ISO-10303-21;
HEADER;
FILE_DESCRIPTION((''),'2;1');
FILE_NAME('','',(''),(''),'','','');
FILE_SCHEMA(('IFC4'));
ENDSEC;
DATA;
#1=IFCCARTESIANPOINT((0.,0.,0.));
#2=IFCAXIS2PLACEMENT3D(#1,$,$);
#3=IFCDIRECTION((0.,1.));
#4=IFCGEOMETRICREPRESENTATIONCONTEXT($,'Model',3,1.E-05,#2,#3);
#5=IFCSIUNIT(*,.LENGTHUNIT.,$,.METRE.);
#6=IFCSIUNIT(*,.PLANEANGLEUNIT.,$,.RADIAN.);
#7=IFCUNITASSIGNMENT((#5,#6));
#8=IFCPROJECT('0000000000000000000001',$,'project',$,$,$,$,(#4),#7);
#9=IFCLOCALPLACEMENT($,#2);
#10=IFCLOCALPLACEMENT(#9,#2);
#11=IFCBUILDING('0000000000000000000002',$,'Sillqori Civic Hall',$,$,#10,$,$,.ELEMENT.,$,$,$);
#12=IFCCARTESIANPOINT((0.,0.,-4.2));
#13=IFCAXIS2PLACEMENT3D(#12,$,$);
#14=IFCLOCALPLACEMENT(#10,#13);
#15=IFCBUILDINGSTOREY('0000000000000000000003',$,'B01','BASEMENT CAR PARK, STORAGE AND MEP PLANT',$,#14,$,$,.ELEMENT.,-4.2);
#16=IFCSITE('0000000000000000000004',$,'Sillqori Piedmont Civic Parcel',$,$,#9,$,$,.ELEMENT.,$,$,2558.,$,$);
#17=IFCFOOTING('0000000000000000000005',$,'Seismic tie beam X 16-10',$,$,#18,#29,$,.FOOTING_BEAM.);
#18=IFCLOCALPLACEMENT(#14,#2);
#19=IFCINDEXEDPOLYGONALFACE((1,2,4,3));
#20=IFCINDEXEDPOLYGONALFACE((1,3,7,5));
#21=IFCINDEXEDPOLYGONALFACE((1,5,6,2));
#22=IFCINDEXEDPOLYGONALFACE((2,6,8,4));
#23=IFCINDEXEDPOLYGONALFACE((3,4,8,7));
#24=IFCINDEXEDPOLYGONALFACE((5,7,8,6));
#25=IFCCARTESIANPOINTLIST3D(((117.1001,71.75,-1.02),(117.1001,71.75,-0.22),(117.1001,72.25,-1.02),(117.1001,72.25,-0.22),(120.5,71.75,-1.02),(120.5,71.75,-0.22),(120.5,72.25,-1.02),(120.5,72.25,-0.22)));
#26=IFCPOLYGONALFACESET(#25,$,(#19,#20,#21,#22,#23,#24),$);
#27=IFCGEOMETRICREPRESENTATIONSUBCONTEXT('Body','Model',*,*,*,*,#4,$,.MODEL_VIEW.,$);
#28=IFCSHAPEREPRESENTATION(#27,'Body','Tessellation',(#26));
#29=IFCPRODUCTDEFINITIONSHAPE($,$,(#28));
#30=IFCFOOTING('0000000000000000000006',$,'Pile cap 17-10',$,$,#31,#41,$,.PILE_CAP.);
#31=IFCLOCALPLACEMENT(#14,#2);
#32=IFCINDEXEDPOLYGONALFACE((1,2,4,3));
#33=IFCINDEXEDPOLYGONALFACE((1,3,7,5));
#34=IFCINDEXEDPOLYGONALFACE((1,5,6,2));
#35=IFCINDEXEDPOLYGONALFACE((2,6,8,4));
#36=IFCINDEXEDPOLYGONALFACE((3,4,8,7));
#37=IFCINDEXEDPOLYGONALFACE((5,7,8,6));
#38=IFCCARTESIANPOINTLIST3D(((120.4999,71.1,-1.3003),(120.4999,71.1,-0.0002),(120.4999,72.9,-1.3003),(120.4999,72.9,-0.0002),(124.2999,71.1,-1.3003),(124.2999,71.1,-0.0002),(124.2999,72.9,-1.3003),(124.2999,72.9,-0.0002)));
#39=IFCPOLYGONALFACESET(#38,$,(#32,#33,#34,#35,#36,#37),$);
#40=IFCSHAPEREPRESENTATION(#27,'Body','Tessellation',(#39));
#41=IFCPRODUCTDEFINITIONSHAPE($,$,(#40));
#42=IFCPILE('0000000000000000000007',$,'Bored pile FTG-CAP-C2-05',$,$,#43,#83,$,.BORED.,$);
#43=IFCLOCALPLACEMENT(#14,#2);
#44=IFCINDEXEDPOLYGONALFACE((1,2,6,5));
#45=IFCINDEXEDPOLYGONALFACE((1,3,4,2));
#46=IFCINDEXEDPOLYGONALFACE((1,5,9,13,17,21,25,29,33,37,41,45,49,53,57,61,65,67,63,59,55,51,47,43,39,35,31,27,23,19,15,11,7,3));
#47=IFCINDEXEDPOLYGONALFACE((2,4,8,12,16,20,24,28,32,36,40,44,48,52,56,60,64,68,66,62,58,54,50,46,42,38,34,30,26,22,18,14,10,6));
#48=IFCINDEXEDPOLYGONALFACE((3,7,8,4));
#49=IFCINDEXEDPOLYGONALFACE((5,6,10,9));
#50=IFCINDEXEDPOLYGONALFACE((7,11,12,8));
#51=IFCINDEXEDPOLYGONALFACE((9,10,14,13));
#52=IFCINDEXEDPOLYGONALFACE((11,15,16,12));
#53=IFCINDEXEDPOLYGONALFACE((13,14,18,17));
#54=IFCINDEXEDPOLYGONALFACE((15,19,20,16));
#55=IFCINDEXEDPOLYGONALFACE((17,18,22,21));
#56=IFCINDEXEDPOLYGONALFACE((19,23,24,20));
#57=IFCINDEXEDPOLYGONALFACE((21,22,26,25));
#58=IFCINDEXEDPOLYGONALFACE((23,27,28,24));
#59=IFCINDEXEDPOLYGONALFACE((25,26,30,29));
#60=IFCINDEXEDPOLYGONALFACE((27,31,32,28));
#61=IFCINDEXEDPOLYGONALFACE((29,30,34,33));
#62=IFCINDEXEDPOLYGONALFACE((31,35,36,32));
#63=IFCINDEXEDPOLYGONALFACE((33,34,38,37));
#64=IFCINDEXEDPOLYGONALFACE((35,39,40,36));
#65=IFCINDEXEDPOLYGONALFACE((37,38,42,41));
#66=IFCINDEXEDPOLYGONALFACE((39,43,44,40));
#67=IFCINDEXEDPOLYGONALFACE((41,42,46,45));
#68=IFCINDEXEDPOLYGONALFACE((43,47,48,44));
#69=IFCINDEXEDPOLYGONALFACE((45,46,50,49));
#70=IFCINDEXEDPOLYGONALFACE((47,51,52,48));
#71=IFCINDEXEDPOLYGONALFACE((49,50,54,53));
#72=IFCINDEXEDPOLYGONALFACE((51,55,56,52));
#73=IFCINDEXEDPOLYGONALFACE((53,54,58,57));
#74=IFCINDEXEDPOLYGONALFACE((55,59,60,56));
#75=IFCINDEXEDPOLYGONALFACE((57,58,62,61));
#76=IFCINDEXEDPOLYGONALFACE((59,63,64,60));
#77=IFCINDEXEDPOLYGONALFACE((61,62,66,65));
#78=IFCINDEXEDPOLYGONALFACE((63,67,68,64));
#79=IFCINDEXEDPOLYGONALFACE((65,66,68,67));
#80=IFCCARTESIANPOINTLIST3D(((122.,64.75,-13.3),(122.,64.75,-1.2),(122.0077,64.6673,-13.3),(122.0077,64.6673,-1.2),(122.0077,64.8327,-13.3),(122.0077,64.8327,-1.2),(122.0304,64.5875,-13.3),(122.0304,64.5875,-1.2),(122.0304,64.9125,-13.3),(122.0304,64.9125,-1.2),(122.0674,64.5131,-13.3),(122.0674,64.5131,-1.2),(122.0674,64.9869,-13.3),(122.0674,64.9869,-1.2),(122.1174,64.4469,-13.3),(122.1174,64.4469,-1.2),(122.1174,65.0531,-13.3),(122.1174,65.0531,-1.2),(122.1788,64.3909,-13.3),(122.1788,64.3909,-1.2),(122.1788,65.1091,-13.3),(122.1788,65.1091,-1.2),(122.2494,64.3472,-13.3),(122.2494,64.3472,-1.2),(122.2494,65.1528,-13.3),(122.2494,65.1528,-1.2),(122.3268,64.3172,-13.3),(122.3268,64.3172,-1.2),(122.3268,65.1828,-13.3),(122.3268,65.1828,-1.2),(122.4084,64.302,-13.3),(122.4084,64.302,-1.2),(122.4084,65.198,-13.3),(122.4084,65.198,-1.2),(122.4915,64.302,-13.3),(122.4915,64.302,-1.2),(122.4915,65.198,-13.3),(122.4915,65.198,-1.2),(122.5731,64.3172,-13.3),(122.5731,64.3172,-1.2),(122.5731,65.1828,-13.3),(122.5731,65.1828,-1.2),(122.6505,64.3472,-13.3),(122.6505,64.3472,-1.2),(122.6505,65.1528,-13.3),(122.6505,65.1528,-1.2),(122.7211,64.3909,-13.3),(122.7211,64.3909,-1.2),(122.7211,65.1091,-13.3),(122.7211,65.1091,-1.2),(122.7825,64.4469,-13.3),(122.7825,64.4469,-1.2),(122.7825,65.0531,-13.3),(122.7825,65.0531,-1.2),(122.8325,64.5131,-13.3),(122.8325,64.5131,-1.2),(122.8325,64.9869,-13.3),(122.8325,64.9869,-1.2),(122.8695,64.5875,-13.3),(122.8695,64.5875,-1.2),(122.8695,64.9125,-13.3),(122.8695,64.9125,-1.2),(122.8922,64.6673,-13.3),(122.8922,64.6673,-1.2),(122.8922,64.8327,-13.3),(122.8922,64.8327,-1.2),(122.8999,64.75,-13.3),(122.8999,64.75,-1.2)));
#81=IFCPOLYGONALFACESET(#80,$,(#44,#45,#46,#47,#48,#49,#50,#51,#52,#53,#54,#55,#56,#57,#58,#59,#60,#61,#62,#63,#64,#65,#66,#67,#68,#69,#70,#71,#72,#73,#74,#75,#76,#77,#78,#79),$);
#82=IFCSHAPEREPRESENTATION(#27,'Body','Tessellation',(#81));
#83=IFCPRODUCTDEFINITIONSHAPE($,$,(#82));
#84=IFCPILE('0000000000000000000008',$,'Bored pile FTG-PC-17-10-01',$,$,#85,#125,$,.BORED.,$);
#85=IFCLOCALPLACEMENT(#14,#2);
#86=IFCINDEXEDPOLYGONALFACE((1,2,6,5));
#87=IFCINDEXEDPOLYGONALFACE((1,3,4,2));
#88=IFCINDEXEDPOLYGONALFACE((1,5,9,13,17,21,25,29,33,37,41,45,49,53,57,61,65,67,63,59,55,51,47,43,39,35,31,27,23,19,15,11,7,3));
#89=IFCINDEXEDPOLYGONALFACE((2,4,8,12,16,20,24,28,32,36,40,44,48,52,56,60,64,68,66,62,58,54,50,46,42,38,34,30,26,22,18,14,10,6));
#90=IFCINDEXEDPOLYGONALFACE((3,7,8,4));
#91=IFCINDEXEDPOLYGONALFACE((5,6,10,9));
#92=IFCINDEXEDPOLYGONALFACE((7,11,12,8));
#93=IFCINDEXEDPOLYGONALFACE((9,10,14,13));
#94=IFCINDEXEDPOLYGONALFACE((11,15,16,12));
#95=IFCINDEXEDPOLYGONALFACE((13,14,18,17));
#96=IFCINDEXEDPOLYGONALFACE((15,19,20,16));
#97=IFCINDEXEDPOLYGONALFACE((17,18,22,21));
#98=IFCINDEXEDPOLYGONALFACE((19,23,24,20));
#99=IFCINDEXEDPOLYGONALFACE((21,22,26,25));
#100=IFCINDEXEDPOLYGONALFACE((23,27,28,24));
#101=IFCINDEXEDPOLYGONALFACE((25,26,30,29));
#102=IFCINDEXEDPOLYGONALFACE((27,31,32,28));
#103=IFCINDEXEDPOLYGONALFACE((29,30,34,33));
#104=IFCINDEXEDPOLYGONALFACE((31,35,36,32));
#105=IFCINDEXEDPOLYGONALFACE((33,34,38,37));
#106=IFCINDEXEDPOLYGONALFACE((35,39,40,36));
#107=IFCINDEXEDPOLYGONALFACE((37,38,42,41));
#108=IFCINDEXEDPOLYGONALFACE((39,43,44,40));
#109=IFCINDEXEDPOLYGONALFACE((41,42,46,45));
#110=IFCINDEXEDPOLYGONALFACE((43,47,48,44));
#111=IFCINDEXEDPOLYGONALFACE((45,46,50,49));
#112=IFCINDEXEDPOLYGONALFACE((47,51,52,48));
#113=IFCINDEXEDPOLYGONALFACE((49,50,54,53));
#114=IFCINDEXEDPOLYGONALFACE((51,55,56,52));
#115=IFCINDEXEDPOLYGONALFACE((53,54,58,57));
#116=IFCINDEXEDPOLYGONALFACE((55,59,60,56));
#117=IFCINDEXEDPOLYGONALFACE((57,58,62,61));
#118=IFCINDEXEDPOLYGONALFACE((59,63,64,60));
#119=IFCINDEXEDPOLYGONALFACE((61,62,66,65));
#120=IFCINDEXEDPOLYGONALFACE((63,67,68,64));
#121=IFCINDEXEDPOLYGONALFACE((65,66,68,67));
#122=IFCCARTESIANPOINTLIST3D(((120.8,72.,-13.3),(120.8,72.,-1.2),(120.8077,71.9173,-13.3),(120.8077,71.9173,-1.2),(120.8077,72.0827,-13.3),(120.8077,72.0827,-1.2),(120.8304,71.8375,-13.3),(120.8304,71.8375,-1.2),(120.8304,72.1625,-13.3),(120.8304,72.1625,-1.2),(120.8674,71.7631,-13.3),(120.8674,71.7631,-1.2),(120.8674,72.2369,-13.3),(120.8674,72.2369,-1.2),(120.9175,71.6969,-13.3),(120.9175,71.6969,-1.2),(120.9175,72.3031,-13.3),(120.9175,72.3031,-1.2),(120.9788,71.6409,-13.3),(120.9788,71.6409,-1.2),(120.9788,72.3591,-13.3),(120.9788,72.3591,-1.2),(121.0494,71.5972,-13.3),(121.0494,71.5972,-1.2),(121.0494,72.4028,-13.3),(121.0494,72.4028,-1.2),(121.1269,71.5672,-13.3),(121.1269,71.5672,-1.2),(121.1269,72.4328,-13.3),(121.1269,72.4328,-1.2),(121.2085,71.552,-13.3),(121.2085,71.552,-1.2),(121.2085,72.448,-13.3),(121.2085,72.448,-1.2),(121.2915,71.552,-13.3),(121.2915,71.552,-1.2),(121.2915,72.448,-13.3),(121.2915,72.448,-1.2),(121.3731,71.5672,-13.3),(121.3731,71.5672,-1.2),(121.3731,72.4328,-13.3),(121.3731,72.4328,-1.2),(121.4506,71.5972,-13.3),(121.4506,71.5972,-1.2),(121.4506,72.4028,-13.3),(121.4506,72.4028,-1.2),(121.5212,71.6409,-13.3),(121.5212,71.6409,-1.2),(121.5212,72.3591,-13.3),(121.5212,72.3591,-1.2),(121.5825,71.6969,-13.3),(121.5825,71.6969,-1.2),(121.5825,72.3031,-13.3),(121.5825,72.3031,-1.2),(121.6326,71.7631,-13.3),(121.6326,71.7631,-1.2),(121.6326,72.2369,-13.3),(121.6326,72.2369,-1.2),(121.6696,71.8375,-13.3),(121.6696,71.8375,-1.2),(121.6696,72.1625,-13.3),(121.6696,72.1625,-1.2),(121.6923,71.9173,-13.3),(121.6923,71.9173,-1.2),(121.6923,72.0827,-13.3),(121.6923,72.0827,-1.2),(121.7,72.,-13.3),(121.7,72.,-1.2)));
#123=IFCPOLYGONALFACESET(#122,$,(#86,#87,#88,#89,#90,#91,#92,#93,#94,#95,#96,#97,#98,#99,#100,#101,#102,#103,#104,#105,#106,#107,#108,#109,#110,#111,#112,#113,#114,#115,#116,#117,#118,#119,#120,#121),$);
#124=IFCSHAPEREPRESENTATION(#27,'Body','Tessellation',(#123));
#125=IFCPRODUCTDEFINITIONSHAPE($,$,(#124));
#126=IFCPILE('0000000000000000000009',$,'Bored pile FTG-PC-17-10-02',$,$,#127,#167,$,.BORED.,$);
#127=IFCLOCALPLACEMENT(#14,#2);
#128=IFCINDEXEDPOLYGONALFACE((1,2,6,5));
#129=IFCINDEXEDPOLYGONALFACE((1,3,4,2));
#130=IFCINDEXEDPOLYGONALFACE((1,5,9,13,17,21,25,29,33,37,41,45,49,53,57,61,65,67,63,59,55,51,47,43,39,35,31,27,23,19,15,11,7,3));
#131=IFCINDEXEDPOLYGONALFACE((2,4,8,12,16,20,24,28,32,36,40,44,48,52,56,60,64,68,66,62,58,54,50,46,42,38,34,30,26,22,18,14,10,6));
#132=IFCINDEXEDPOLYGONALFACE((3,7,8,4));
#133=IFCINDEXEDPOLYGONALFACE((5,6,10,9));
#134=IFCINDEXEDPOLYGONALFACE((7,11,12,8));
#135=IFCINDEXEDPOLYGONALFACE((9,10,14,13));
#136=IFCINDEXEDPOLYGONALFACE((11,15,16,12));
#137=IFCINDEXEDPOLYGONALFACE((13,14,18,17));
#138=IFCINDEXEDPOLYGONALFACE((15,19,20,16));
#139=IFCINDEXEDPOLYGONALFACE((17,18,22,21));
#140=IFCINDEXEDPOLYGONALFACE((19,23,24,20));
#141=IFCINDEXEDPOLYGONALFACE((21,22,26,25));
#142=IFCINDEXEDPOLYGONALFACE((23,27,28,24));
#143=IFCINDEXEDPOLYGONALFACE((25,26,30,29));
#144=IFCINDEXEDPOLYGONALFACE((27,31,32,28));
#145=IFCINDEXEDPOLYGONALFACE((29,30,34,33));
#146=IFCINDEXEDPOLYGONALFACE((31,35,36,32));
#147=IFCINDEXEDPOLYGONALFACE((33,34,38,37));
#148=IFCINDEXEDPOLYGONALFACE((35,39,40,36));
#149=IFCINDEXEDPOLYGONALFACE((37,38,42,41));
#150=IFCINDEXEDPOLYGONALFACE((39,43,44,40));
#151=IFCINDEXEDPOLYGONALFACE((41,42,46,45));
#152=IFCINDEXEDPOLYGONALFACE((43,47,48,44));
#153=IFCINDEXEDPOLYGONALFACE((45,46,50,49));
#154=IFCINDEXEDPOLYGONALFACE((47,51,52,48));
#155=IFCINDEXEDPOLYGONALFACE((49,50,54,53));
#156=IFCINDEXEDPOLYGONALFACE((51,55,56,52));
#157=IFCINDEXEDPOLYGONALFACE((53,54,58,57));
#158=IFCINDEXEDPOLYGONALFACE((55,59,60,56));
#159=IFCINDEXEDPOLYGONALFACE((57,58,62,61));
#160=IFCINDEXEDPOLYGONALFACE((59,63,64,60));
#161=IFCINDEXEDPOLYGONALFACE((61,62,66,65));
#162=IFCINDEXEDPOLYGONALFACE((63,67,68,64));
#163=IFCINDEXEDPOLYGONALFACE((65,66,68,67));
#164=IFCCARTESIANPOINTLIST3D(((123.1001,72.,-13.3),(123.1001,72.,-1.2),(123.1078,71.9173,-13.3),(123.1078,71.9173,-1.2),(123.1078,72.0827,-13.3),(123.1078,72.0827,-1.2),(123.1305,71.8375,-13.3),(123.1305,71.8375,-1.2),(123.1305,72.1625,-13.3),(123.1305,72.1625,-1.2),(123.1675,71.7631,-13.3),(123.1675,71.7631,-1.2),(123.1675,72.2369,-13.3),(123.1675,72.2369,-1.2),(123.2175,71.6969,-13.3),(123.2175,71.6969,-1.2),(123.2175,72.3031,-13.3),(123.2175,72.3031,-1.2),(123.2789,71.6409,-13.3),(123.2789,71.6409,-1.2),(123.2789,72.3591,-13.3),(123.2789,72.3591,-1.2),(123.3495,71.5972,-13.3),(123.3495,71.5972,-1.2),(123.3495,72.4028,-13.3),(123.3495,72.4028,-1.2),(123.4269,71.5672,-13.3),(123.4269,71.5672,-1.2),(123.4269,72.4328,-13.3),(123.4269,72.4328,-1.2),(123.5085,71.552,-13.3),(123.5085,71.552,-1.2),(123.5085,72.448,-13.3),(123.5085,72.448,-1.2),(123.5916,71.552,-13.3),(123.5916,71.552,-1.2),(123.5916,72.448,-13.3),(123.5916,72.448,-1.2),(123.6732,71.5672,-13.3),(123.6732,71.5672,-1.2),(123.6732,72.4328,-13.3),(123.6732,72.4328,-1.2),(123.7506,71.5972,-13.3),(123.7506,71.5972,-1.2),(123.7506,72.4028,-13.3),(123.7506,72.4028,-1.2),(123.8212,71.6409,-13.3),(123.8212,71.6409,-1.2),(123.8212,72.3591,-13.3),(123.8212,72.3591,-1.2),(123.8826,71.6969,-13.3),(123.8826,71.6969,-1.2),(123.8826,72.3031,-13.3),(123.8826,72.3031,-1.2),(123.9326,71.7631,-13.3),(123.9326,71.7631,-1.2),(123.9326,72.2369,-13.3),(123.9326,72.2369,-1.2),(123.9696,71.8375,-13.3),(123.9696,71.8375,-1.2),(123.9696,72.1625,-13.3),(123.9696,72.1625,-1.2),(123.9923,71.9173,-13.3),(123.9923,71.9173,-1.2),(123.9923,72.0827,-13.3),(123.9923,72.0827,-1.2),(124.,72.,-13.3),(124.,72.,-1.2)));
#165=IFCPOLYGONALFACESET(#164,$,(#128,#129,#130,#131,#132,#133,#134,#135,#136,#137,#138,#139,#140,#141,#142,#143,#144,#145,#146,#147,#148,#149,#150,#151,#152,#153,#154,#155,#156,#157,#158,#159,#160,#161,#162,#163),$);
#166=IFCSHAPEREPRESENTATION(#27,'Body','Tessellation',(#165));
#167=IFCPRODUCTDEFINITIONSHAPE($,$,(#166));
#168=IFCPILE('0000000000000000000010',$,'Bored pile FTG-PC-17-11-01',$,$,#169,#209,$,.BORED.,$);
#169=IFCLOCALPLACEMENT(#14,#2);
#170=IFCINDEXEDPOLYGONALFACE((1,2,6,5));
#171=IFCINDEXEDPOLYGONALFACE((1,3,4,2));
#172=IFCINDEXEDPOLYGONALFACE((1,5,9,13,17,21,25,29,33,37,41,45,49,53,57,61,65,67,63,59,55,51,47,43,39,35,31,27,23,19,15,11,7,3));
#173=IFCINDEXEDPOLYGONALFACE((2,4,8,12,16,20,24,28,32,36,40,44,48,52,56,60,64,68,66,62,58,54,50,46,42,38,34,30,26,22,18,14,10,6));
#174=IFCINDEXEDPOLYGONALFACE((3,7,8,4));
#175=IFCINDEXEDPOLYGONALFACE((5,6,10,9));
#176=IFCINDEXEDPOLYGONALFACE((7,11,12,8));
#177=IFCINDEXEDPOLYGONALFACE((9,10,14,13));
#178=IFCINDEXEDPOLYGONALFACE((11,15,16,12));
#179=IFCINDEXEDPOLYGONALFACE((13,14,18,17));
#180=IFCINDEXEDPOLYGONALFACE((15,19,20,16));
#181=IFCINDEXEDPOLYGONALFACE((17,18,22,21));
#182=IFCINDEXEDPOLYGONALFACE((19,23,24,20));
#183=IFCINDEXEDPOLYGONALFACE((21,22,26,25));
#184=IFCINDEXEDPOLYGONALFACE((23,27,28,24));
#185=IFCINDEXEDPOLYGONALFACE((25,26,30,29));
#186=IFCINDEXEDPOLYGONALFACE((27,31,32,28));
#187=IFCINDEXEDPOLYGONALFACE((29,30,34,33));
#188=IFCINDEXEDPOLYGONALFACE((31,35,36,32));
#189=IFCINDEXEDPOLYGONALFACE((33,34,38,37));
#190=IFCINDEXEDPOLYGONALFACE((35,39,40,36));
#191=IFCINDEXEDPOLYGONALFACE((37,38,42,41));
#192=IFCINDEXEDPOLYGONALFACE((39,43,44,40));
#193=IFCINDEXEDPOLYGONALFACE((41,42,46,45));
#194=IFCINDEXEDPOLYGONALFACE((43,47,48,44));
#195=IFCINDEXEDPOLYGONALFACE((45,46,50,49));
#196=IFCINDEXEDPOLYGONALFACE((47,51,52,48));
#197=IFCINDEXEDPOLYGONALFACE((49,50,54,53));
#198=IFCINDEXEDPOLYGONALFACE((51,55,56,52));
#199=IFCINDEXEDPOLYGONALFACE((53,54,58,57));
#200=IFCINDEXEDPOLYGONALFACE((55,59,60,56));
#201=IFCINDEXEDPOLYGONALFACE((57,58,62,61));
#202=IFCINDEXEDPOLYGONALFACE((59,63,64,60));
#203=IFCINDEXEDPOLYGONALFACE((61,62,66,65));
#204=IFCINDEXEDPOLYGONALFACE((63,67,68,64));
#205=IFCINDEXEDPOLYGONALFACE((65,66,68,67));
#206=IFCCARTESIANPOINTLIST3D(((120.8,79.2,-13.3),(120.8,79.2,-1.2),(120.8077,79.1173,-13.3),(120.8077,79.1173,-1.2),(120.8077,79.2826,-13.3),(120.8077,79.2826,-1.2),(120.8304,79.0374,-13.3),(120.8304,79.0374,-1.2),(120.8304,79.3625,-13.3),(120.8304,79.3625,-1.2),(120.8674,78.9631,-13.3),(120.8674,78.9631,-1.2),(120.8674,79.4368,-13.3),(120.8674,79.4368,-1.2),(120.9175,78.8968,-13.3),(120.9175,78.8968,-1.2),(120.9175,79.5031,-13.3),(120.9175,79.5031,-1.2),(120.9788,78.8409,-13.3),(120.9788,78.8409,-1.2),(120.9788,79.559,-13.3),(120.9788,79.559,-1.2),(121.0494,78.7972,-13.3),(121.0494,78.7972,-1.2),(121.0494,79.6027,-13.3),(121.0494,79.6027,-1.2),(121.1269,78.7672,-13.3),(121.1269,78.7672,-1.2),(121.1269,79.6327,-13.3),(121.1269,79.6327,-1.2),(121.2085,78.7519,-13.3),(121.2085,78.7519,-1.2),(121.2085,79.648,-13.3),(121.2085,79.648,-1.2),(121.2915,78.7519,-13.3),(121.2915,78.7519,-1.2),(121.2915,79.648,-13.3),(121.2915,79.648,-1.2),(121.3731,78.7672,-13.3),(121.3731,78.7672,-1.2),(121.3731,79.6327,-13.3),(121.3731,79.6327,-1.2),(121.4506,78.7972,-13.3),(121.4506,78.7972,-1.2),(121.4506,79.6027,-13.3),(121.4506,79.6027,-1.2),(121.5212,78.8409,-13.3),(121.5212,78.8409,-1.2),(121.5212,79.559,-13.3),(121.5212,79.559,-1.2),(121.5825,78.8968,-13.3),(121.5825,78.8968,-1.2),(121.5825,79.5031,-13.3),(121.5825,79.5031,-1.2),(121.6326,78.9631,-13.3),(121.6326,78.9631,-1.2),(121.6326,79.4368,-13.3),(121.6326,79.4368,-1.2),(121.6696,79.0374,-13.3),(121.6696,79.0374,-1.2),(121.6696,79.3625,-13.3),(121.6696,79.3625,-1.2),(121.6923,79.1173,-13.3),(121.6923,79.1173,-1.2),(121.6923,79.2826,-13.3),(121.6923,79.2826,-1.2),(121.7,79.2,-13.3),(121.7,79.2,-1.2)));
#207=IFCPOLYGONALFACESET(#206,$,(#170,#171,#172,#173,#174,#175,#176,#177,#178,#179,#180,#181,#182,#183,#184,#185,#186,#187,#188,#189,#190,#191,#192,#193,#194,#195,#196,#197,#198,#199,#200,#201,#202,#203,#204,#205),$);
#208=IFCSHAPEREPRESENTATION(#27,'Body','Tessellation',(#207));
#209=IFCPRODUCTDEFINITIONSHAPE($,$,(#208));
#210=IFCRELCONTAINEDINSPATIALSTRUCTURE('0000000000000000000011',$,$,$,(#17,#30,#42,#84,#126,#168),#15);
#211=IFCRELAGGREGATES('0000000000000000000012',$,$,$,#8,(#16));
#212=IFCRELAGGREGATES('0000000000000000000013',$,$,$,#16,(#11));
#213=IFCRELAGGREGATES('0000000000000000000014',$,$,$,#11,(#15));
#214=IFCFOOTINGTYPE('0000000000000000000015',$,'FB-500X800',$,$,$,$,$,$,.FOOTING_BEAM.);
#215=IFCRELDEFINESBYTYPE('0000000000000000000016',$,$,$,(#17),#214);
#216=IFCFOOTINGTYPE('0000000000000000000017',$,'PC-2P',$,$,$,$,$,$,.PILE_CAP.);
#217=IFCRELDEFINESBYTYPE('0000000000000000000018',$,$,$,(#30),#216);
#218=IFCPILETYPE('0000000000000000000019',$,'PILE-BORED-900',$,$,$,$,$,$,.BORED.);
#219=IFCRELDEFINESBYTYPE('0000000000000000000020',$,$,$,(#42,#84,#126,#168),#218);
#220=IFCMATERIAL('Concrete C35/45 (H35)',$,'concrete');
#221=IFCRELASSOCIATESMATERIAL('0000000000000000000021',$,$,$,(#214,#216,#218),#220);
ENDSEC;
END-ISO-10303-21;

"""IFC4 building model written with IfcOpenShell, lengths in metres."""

from ifc_helpers import new_model, si_unit, direction, frame, origin, origin_2d, place, context, subcontext, project, spatial, rectangle, circle, extrude, material, material_profile, profile_set, type_object, element, save


model = new_model("IFC4")

# Units and contexts
model_context = context("Model", 3, precision=1e-05, world=origin(), true_north=direction((0.0, 1.0)))
body_context = subcontext(model_context, "Body", "Model", "MODEL_VIEW")
ifc_project = project(units=[si_unit("LENGTHUNIT", "METRE"), si_unit("PLANEANGLEUNIT", "RADIAN")], contexts=[model_context])

# Site, building, storey
site_placement = place(None, origin())
site = spatial("IfcSite", under=ifc_project, at=site_placement, Name="Sillqori Piedmont Civic Parcel", CompositionType="ELEMENT", RefElevation=2558.0)
building_placement = place(site_placement, origin())
building = spatial("IfcBuilding", under=site, at=building_placement, Name="Sillqori Civic Hall", CompositionType="ELEMENT")
storey_placement = place(building_placement, frame((0.0, 0.0, -4.2)))
storey = spatial("IfcBuildingStorey", under=building, at=storey_placement, Name="B01", Description="BASEMENT CAR PARK, STORAGE AND MEP PLANT", CompositionType="ELEMENT", Elevation=-4.2)

# Footings
ifc_material_1 = material(Name="Concrete C35/45 (H35)", Category="concrete")
footing_type_1 = type_object("IfcFootingType", Name="FB-500X800", PredefinedType="FOOTING_BEAM", material=ifc_material_1)
footing_1_placement = place(storey_placement, frame((118.8, 72.0, -1.02), z_axis=(0.0, 0.0, 1.0), x_axis=(1.0, 0.0, 0.0)))
element("IfcFooting", 1, at=footing_1_placement, inside=storey, type_object=footing_type_1, Name="Seismic tie beam X 16-10", PredefinedType="FOOTING_BEAM", context=body_context, shape_type="SweptSolid", body=[
    extrude(rectangle(XDim=3.3999, YDim=0.5, at=origin_2d()), origin(), (0.0, 0.0, 1.0), 0.8),
])
footing_type_2 = type_object("IfcFootingType", Name="PC-2P", PredefinedType="PILE_CAP", material=ifc_material_1)
footing_2_placement = place(storey_placement, frame((122.3999, 72.0, -1.3003), z_axis=(0.0, 0.0, 1.0), x_axis=(1.0, 0.0, 0.0)))
element("IfcFooting", 2, at=footing_2_placement, inside=storey, type_object=footing_type_2, Name="Pile cap 17-10", PredefinedType="PILE_CAP", context=body_context, shape_type="SweptSolid", body=[
    extrude(rectangle(XDim=3.8, YDim=1.8, at=origin_2d()), origin(), (0.0, 0.0, 1.0), 1.3),
])

# Piles
ifc_material_profile_1 = material_profile(ifc_material_1, circle(Radius=0.45, at=origin_2d()), Name="BORED PILE 900")
ifc_profile_set_1 = profile_set([ifc_material_profile_1], Name="Concrete C35/45 (H35)")
pile_type = type_object("IfcPileType", Name="PILE-BORED-900", PredefinedType="BORED", material=ifc_profile_set_1)
for number, where, z_axis, x_axis, name in (
    (3, (122.45, 64.75, -1.2), (0.0, 0.0, -1.0), (1.0, 0.0, 0.0), "Bored pile FTG-CAP-C2-05"),
    (4, (121.25, 72.0, -1.2), (0.0, 0.0, -1.0), (1.0, 0.0, 0.0), "Bored pile FTG-PC-17-10-01"),
    (5, (123.55, 72.0, -1.2), (0.0, 0.0, -1.0), (1.0, 0.0, 0.0), "Bored pile FTG-PC-17-10-02"),
    (6, (121.25, 79.2, -1.2), (0.0, 0.0, -1.0), (1.0, 0.0, 0.0), "Bored pile FTG-PC-17-11-01"),
):
    element("IfcPile", number, at=place(storey_placement, frame(where, z_axis=z_axis, x_axis=x_axis)), inside=storey, type_object=pile_type, Name=name, PredefinedType="BORED", context=body_context, shape_type="SweptSolid", body=[
        extrude(circle(Radius=0.45, at=origin_2d()), origin(), (0.0, 0.0, 1.0), 12.1001),
    ])

save(model, "model.ifc")
